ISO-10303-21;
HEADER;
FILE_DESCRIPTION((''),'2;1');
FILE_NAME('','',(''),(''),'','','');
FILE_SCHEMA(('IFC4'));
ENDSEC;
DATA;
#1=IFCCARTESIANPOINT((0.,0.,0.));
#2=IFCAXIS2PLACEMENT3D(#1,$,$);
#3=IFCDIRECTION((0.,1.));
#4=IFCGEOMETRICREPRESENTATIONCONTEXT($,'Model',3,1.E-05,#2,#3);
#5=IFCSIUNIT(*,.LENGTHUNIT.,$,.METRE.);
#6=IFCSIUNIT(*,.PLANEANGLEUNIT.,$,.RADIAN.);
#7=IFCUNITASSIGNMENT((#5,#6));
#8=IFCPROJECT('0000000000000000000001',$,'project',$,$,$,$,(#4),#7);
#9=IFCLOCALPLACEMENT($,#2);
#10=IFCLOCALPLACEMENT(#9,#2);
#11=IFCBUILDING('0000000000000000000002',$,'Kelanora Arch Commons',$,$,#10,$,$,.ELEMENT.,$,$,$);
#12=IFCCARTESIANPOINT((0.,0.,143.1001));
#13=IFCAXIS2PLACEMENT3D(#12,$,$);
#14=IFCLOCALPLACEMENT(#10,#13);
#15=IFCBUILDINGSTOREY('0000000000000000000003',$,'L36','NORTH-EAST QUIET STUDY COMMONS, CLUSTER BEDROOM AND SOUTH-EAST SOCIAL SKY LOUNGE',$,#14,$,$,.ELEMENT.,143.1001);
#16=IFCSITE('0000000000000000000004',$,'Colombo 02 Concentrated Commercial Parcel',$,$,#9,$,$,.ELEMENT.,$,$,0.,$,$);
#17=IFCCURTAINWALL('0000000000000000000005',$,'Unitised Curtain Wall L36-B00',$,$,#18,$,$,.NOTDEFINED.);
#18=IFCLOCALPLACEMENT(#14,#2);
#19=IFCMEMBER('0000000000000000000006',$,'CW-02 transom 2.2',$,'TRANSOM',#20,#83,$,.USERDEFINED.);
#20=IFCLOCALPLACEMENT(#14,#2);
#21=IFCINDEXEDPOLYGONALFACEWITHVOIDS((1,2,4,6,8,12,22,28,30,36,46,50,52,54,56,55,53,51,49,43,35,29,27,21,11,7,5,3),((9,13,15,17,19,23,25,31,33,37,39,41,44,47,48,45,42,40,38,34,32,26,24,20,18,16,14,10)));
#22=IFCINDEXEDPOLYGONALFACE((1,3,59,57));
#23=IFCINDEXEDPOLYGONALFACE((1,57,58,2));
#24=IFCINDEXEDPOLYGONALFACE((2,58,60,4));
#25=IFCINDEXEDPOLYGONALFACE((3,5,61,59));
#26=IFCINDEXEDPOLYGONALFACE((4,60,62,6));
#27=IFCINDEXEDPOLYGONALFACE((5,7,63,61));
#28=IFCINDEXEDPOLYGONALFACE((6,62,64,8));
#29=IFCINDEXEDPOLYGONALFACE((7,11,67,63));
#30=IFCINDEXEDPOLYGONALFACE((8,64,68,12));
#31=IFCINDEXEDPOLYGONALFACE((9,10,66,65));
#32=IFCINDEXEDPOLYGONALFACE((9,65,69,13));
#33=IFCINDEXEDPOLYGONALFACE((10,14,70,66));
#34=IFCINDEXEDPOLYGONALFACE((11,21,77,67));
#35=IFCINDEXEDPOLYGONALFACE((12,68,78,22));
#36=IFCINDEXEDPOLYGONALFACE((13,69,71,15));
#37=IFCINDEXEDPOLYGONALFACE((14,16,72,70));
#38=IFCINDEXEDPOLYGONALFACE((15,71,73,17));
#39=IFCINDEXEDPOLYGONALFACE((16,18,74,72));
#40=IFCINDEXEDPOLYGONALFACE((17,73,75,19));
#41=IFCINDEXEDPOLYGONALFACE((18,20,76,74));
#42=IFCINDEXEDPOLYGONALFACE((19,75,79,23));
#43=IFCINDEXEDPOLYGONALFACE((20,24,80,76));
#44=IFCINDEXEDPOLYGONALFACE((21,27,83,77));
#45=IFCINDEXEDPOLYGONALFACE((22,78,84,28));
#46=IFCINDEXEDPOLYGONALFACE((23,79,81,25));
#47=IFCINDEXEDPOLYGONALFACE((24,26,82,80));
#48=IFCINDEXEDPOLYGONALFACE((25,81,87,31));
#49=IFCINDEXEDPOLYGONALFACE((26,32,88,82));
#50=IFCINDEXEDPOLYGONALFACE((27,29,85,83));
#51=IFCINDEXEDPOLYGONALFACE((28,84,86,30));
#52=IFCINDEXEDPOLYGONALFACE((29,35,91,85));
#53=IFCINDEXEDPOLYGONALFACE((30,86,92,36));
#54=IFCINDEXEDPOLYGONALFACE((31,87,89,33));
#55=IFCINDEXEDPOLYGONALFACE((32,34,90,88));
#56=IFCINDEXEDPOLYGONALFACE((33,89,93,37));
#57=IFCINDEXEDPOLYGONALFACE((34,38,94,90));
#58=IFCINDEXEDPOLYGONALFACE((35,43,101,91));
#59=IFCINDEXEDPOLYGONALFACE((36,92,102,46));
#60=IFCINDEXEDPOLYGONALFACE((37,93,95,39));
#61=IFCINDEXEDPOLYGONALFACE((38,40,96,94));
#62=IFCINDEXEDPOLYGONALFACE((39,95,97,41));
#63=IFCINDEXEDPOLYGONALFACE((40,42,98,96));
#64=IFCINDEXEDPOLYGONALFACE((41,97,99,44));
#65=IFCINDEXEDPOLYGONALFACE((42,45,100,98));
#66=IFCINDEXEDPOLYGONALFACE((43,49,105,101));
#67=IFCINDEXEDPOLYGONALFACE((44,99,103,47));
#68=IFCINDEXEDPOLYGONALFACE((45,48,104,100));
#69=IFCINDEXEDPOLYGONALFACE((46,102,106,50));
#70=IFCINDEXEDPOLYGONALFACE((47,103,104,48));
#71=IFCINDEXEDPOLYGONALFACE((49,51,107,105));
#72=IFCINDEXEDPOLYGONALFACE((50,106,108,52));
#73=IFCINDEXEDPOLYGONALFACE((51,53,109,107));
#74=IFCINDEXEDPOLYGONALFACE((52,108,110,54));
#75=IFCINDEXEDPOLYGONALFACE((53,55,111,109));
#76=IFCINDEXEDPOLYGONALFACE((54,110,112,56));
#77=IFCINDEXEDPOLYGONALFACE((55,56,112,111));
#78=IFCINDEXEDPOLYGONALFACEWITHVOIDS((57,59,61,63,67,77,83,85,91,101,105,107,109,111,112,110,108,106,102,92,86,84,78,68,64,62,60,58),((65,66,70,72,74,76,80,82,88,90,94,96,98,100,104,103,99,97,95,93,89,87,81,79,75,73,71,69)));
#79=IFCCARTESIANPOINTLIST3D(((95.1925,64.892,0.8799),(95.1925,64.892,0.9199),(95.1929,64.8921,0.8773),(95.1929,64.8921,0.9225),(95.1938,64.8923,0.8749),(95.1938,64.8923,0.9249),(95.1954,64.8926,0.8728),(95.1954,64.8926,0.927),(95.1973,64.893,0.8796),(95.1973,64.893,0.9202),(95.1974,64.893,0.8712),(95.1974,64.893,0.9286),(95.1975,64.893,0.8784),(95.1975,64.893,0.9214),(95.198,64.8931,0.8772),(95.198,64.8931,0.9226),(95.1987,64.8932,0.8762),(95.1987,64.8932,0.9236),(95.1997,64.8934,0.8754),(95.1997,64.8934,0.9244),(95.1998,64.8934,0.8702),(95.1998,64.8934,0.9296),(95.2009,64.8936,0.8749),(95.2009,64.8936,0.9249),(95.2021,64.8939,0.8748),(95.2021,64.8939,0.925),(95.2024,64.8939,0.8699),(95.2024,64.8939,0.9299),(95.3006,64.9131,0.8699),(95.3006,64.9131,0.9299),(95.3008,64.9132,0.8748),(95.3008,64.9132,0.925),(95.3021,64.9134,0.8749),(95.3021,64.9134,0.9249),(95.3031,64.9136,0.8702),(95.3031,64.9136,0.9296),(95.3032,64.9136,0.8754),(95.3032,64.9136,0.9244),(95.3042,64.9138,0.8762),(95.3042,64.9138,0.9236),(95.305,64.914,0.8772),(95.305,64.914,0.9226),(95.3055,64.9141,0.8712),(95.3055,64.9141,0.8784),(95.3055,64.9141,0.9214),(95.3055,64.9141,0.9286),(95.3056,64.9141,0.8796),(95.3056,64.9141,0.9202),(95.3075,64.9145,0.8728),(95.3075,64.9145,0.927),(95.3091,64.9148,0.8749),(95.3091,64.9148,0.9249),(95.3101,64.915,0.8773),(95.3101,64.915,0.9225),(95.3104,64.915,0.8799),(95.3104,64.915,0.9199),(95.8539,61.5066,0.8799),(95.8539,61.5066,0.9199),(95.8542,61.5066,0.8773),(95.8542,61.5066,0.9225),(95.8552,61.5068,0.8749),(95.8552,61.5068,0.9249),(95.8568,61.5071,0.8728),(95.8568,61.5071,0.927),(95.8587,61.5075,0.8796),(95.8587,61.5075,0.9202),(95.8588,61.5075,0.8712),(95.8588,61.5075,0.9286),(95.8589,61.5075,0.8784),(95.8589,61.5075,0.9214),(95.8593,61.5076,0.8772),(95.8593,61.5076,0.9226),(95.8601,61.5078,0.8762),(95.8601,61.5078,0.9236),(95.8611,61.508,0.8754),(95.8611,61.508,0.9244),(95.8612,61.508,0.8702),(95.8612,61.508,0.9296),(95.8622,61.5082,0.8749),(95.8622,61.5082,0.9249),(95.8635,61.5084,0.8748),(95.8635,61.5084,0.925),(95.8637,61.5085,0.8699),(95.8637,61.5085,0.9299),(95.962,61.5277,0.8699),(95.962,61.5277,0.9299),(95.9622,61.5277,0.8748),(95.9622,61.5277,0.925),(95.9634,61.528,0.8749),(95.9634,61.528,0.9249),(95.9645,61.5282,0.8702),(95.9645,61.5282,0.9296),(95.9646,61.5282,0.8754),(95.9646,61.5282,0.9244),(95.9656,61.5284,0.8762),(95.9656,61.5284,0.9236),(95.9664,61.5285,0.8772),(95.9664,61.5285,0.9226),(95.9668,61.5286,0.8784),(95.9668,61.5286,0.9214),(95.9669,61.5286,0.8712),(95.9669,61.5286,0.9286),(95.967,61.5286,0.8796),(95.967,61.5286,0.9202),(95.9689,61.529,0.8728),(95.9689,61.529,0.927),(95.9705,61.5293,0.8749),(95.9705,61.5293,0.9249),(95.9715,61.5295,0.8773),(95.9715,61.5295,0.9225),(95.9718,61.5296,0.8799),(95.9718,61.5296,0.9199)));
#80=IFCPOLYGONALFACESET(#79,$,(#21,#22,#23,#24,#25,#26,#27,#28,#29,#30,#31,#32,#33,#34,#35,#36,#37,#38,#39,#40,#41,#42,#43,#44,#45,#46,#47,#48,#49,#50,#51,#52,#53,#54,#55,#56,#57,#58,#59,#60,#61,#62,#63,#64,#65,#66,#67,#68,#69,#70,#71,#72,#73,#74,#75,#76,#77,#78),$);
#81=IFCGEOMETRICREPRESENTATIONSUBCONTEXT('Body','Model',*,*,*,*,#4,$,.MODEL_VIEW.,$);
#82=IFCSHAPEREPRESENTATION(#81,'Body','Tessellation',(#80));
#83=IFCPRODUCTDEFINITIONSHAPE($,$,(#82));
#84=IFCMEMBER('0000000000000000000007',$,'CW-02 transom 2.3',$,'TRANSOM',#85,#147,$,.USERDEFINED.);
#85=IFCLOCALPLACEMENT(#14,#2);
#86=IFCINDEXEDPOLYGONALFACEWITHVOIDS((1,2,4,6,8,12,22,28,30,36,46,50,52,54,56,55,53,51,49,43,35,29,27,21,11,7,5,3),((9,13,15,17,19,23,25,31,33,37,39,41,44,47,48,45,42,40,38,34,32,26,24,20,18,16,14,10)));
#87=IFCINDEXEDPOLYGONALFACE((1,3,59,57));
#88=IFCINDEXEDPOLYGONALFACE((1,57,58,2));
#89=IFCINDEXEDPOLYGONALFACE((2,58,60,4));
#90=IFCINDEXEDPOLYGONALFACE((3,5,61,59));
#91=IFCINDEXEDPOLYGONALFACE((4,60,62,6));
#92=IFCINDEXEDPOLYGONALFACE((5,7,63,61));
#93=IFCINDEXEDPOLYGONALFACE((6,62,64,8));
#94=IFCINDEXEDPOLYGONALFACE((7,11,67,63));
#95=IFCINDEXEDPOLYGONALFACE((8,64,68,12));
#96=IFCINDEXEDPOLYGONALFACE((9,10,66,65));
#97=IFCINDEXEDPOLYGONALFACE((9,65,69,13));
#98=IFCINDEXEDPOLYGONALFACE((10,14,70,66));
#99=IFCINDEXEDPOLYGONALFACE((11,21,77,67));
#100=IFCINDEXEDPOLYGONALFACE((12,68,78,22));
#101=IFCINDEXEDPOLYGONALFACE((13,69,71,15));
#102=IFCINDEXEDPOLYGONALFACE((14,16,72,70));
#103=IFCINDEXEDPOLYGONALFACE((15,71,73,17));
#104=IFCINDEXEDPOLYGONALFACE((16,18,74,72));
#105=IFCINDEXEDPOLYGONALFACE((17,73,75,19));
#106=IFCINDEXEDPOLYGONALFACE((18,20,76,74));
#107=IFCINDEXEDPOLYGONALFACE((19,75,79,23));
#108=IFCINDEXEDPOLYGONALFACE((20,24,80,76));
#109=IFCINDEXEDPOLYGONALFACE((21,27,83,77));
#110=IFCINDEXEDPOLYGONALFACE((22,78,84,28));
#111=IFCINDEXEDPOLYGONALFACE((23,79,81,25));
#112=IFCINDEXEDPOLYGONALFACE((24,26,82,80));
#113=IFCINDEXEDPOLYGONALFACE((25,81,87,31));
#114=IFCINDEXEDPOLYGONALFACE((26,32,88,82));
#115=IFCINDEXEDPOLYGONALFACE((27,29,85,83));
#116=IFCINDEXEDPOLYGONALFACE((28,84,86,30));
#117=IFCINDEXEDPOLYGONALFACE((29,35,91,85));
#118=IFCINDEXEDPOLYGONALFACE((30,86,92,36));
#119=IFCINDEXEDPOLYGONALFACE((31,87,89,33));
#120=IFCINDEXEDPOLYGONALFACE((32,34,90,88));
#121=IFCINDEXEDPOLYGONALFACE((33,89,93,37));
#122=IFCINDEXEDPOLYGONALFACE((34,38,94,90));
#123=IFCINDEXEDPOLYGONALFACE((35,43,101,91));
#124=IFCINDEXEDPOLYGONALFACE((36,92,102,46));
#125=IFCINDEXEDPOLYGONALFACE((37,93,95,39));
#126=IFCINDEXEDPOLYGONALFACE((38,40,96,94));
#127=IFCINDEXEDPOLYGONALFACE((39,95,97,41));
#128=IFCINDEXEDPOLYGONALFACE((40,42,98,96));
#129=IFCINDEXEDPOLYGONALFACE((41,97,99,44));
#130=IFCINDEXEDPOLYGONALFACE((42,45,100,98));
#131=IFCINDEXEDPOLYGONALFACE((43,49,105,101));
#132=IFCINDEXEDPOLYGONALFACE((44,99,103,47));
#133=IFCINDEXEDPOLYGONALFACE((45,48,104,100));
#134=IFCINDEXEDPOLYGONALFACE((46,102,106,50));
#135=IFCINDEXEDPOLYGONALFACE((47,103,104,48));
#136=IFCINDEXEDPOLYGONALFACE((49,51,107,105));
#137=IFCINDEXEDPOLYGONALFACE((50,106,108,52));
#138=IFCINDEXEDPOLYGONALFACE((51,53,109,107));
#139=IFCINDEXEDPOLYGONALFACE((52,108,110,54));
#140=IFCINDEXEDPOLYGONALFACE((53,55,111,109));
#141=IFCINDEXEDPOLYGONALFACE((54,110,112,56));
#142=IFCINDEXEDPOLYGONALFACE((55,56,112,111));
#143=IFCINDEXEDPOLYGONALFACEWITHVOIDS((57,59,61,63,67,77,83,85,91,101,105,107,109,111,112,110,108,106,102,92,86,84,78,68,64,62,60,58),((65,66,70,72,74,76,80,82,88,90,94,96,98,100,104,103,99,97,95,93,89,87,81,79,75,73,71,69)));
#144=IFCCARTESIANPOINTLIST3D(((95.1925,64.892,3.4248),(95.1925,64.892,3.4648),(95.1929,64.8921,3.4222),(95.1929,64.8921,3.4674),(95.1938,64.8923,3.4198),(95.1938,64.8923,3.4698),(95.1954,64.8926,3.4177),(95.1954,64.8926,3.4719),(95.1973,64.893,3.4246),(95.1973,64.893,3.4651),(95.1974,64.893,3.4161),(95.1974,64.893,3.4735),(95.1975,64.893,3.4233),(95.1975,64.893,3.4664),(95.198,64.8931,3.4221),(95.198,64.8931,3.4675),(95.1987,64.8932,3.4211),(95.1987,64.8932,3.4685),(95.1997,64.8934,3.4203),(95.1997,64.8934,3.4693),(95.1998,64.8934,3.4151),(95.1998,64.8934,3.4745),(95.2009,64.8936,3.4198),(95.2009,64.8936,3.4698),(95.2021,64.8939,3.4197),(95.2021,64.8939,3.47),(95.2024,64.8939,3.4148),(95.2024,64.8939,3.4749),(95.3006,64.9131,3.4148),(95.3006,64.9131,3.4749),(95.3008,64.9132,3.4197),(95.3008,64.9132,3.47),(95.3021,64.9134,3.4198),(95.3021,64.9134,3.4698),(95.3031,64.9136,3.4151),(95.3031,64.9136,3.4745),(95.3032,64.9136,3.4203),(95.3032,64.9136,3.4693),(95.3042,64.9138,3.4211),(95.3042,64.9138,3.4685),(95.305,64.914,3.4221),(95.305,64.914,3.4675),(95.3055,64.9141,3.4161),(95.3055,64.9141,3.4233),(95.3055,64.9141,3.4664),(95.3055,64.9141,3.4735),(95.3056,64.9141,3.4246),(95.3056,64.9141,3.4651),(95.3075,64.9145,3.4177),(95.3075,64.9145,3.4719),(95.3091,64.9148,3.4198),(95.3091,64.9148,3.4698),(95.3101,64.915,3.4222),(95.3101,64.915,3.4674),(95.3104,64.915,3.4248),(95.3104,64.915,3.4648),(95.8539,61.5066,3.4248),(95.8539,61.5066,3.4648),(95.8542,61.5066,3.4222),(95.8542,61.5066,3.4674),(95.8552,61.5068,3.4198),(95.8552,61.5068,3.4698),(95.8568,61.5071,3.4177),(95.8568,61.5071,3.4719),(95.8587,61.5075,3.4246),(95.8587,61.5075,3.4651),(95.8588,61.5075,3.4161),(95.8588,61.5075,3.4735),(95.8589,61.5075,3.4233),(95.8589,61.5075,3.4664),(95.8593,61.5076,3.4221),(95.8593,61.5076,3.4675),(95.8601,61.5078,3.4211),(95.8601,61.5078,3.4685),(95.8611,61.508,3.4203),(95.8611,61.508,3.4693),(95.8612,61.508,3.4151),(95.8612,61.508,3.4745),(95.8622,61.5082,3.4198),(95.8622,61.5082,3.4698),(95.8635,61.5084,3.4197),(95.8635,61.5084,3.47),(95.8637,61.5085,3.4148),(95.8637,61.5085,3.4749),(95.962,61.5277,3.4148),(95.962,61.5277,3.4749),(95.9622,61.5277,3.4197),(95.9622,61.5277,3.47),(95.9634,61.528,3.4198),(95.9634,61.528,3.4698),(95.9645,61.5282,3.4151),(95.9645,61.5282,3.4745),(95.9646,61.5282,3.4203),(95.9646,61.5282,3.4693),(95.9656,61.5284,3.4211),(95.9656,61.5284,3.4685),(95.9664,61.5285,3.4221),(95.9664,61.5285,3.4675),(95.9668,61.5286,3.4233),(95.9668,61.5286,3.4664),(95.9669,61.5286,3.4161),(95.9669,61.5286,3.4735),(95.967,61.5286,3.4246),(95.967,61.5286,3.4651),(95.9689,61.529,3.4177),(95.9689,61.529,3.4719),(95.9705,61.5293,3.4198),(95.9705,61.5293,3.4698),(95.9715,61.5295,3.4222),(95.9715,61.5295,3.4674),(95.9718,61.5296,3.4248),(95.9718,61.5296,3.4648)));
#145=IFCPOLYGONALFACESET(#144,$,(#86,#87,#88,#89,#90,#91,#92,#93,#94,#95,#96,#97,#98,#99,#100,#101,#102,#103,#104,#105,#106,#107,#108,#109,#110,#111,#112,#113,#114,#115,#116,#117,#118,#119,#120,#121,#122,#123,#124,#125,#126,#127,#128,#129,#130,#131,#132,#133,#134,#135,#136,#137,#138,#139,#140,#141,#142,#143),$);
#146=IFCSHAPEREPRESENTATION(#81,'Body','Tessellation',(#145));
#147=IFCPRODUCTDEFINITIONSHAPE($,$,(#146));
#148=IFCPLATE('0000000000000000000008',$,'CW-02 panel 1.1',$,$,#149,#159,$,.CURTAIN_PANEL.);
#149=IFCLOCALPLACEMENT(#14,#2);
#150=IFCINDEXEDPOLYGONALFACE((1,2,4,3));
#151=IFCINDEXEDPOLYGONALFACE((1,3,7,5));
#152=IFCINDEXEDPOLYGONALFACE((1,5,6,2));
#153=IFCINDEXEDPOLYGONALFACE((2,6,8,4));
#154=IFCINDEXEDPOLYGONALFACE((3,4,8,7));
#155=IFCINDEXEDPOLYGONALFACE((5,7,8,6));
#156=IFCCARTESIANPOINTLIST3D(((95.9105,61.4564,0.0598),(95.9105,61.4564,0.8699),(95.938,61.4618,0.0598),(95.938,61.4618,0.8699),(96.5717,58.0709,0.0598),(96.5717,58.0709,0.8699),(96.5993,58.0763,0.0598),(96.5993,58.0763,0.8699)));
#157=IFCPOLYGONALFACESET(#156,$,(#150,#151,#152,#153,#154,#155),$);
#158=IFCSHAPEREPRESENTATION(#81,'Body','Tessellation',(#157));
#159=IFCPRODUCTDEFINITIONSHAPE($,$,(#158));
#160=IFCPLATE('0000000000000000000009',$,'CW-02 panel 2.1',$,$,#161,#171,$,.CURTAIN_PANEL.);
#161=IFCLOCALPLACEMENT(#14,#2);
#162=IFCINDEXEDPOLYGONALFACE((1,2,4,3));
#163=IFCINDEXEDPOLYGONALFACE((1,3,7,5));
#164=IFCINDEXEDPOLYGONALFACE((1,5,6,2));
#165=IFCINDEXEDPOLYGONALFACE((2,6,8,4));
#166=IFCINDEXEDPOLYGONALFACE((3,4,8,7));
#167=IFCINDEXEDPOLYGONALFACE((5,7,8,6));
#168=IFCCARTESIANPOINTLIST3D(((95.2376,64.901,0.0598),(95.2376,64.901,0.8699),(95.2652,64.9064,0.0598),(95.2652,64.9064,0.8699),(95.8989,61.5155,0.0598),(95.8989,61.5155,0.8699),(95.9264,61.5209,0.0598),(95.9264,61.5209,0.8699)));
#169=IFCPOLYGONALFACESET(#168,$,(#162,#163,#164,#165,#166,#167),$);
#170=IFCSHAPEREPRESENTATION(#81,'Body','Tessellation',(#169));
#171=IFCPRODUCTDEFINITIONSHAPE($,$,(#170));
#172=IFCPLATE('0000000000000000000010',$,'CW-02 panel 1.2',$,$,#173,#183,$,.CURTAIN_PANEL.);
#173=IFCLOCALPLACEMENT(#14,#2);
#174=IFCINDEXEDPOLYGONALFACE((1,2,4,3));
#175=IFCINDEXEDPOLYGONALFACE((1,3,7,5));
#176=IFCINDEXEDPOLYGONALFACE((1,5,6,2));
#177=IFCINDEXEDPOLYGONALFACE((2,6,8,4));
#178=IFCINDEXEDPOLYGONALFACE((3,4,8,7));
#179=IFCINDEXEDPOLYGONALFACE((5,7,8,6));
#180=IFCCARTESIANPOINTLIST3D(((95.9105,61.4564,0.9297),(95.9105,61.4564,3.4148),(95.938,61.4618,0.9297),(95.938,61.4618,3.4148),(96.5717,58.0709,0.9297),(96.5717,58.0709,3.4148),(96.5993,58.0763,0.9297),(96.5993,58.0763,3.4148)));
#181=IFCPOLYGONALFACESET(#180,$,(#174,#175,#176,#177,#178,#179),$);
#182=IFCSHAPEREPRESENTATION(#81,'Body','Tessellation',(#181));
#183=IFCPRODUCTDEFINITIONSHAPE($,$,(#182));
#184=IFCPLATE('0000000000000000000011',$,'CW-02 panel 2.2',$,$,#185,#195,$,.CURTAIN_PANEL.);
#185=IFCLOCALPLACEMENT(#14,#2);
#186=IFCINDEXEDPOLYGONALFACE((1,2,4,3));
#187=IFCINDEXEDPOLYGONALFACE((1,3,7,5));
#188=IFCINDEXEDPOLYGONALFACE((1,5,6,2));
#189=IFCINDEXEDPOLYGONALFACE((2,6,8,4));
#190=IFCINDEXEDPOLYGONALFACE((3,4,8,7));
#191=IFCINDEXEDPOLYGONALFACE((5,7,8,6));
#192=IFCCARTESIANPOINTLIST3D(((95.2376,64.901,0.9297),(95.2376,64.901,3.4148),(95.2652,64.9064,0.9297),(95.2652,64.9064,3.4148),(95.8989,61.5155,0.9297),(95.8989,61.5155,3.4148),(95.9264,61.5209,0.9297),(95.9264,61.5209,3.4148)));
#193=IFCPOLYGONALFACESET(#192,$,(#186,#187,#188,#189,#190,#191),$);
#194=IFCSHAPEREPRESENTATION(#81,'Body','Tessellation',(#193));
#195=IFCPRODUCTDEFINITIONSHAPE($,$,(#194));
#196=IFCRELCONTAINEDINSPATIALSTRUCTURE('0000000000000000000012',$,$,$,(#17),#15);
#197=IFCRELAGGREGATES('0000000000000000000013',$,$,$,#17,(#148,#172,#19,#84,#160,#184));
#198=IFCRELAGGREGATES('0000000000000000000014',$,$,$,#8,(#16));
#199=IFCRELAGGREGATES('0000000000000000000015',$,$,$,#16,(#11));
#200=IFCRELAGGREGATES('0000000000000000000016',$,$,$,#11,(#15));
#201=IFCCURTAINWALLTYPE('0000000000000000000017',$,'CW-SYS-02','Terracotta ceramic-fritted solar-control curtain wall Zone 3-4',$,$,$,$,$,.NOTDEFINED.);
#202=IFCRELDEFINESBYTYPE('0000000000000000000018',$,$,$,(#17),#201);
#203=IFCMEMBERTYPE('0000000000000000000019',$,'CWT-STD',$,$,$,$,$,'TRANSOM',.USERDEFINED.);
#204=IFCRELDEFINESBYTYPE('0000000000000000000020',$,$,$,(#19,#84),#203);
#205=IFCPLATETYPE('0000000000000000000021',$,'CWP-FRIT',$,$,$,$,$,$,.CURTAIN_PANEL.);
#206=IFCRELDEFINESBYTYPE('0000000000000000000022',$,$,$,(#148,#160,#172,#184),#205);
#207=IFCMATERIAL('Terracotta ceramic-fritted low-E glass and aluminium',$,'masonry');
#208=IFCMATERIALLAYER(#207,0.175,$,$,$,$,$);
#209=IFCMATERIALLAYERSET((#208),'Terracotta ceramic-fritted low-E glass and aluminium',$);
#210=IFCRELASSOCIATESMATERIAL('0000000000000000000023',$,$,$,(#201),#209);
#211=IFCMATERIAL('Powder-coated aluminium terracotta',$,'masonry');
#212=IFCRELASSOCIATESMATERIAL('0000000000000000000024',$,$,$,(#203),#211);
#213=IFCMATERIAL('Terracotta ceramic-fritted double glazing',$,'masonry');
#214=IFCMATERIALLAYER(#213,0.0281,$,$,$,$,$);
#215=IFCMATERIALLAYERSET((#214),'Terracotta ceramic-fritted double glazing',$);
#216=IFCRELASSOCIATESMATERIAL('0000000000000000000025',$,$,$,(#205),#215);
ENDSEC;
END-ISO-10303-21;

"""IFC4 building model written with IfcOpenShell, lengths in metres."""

from ifc_helpers import new_model, si_unit, direction, frame, origin, origin_2d, place, context, subcontext, project, spatial, rectangle, hollow_rectangle, extrude, source, transform, mapped, material, layer, layer_set, material_profile, profile_set, type_object, element, aggregate, save


model = new_model("IFC4")

# Units and contexts
model_context = context("Model", 3, precision=1e-05, world=origin(), true_north=direction((0.0, 1.0)))
body_context = subcontext(model_context, "Body", "Model", "MODEL_VIEW")
ifc_project = project(units=[si_unit("LENGTHUNIT", "METRE"), si_unit("PLANEANGLEUNIT", "RADIAN")], contexts=[model_context])

# Site, building, storey
site_placement = place(None, origin())
site = spatial("IfcSite", under=ifc_project, at=site_placement, Name="Colombo 02 Concentrated Commercial Parcel", CompositionType="ELEMENT", RefElevation=0.0)
building_placement = place(site_placement, origin())
building = spatial("IfcBuilding", under=site, at=building_placement, Name="Kelanora Arch Commons", CompositionType="ELEMENT")
storey_placement = place(building_placement, frame((0.0, 0.0, 143.1001)))
storey = spatial("IfcBuildingStorey", under=building, at=storey_placement, Name="L36", Description="NORTH-EAST QUIET STUDY COMMONS, CLUSTER BEDROOM AND SOUTH-EAST SOCIAL SKY LOUNGE", CompositionType="ELEMENT", Elevation=143.1001)

# Curtain wall, members, plates
ifc_material_1 = material(Name="Terracotta ceramic-fritted low-E glass and aluminium", Category="masonry")
ifc_layer_1 = layer(ifc_material_1, 0.175)
ifc_layer_set_1 = layer_set([ifc_layer_1], Name="Terracotta ceramic-fritted low-E glass and aluminium")
curtain_wall_type = type_object("IfcCurtainWallType", Name="CW-SYS-02", Description="Terracotta ceramic-fritted solar-control curtain wall Zone 3-4", PredefinedType="NOTDEFINED", material=ifc_layer_set_1)
curtain_wall_placement = place(storey_placement, origin())
curtain_wall = element("IfcCurtainWall", 1, at=curtain_wall_placement, inside=storey, type_object=curtain_wall_type, Name="Unitised Curtain Wall L36-B00", PredefinedType="NOTDEFINED")
ifc_material_2 = material(Name="Powder-coated aluminium terracotta", Category="masonry")
ifc_material_profile_1 = material_profile(ifc_material_2, hollow_rectangle(XDim=0.1201, YDim=0.0601, WallThickness=0.0049, InnerFilletRadius=0.0049, OuterFilletRadius=0.01, at=origin_2d()), Name="CWT120x60")
ifc_profile_set_1 = profile_set([ifc_material_profile_1], Name="Powder-coated aluminium terracotta")
member_type_1 = type_object("IfcMemberType", Name="CWT-STD", ElementType="TRANSOM", PredefinedType="USERDEFINED", material=ifc_profile_set_1)
member_1_placement = place(storey_placement, frame((95.9128, 61.5181, 0.8999), z_axis=(-0.191732, 0.981447, 0.0), x_axis=(-0.981447, -0.191732, 0.0)))
member_1 = element("IfcMember", 2, at=member_1_placement, type_object=member_type_1, Name="CW-02 transom 2.2", ObjectType="TRANSOM", PredefinedType="USERDEFINED", context=body_context, shape_type="SweptSolid", body=[
    extrude(hollow_rectangle(XDim=0.1201, YDim=0.0601, WallThickness=0.0049, InnerFilletRadius=0.0049, OuterFilletRadius=0.01, at=origin_2d()), origin(), (0.0, 0.0, 1.0), 3.4495),
])
member_2_placement = place(storey_placement, frame((95.9128, 61.5181, 3.4448), z_axis=(-0.191732, 0.981447, 0.0), x_axis=(-0.981447, -0.191732, 0.0)))
member_2 = element("IfcMember", 3, at=member_2_placement, type_object=member_type_1, Name="CW-02 transom 2.3", ObjectType="TRANSOM", PredefinedType="USERDEFINED", context=body_context, shape_type="SweptSolid", body=[
    extrude(hollow_rectangle(XDim=0.1201, YDim=0.0601, WallThickness=0.0049, InnerFilletRadius=0.0049, OuterFilletRadius=0.01, at=origin_2d()), origin(), (0.0, 0.0, 1.0), 3.4495),
])
ifc_material_3 = material(Name="Terracotta ceramic-fritted double glazing", Category="masonry")
ifc_layer_2 = layer(ifc_material_3, 0.0281)
ifc_layer_set_2 = layer_set([ifc_layer_2], Name="Terracotta ceramic-fritted double glazing")
plate_type = type_object("IfcPlateType", Name="CWP-FRIT", PredefinedType="CURTAIN_PANEL", material=ifc_layer_set_2)
shared_shape_1 = source(origin(), body_context, "Body", "SweptSolid", [
    extrude(rectangle(XDim=3.4495, YDim=0.0281, at=origin_2d()), origin(), (0.0, 0.0, 1.0), 0.8101),
])
plate_1_placement = place(storey_placement, frame((96.2549, 59.7664, 0.0598), z_axis=(0.0, 0.0, 1.0), x_axis=(-0.191705, 0.981453, 0.0)))
plate_1 = element("IfcPlate", 4, at=plate_1_placement, type_object=plate_type, Name="CW-02 panel 1.1", PredefinedType="CURTAIN_PANEL", context=body_context, shape_type="MappedRepresentation", body=[
    mapped(shared_shape_1, transform((0.0, 0.0, 0.0), scale=1.0)),
])
plate_2_placement = place(storey_placement, frame((95.582, 63.2109, 0.0598), z_axis=(0.0, 0.0, 1.0), x_axis=(-0.191705, 0.981453, 0.0)))
plate_2 = element("IfcPlate", 5, at=plate_2_placement, type_object=plate_type, Name="CW-02 panel 2.1", PredefinedType="CURTAIN_PANEL", context=body_context, shape_type="MappedRepresentation", body=[
    mapped(shared_shape_1, transform((0.0, 0.0, 0.0), scale=1.0)),
])
shared_shape_2 = source(origin(), body_context, "Body", "SweptSolid", [
    extrude(rectangle(XDim=3.4495, YDim=0.0281, at=origin_2d()), origin(), (0.0, 0.0, 1.0), 2.4851),
])
plate_3_placement = place(storey_placement, frame((96.2549, 59.7664, 0.9297), z_axis=(0.0, 0.0, 1.0), x_axis=(-0.191705, 0.981453, 0.0)))
plate_3 = element("IfcPlate", 6, at=plate_3_placement, type_object=plate_type, Name="CW-02 panel 1.2", PredefinedType="CURTAIN_PANEL", context=body_context, shape_type="MappedRepresentation", body=[
    mapped(shared_shape_2, transform((0.0, 0.0, 0.0), scale=1.0)),
])
plate_4_placement = place(storey_placement, frame((95.582, 63.2109, 0.9297), z_axis=(0.0, 0.0, 1.0), x_axis=(-0.191705, 0.981453, 0.0)))
plate_4 = element("IfcPlate", 7, at=plate_4_placement, type_object=plate_type, Name="CW-02 panel 2.2", PredefinedType="CURTAIN_PANEL", context=body_context, shape_type="MappedRepresentation", body=[
    mapped(shared_shape_2, transform((0.0, 0.0, 0.0), scale=1.0)),
])
aggregate(curtain_wall, [plate_1, plate_3, member_1, member_2, plate_2, plate_4])

save(model, "model.ifc")
